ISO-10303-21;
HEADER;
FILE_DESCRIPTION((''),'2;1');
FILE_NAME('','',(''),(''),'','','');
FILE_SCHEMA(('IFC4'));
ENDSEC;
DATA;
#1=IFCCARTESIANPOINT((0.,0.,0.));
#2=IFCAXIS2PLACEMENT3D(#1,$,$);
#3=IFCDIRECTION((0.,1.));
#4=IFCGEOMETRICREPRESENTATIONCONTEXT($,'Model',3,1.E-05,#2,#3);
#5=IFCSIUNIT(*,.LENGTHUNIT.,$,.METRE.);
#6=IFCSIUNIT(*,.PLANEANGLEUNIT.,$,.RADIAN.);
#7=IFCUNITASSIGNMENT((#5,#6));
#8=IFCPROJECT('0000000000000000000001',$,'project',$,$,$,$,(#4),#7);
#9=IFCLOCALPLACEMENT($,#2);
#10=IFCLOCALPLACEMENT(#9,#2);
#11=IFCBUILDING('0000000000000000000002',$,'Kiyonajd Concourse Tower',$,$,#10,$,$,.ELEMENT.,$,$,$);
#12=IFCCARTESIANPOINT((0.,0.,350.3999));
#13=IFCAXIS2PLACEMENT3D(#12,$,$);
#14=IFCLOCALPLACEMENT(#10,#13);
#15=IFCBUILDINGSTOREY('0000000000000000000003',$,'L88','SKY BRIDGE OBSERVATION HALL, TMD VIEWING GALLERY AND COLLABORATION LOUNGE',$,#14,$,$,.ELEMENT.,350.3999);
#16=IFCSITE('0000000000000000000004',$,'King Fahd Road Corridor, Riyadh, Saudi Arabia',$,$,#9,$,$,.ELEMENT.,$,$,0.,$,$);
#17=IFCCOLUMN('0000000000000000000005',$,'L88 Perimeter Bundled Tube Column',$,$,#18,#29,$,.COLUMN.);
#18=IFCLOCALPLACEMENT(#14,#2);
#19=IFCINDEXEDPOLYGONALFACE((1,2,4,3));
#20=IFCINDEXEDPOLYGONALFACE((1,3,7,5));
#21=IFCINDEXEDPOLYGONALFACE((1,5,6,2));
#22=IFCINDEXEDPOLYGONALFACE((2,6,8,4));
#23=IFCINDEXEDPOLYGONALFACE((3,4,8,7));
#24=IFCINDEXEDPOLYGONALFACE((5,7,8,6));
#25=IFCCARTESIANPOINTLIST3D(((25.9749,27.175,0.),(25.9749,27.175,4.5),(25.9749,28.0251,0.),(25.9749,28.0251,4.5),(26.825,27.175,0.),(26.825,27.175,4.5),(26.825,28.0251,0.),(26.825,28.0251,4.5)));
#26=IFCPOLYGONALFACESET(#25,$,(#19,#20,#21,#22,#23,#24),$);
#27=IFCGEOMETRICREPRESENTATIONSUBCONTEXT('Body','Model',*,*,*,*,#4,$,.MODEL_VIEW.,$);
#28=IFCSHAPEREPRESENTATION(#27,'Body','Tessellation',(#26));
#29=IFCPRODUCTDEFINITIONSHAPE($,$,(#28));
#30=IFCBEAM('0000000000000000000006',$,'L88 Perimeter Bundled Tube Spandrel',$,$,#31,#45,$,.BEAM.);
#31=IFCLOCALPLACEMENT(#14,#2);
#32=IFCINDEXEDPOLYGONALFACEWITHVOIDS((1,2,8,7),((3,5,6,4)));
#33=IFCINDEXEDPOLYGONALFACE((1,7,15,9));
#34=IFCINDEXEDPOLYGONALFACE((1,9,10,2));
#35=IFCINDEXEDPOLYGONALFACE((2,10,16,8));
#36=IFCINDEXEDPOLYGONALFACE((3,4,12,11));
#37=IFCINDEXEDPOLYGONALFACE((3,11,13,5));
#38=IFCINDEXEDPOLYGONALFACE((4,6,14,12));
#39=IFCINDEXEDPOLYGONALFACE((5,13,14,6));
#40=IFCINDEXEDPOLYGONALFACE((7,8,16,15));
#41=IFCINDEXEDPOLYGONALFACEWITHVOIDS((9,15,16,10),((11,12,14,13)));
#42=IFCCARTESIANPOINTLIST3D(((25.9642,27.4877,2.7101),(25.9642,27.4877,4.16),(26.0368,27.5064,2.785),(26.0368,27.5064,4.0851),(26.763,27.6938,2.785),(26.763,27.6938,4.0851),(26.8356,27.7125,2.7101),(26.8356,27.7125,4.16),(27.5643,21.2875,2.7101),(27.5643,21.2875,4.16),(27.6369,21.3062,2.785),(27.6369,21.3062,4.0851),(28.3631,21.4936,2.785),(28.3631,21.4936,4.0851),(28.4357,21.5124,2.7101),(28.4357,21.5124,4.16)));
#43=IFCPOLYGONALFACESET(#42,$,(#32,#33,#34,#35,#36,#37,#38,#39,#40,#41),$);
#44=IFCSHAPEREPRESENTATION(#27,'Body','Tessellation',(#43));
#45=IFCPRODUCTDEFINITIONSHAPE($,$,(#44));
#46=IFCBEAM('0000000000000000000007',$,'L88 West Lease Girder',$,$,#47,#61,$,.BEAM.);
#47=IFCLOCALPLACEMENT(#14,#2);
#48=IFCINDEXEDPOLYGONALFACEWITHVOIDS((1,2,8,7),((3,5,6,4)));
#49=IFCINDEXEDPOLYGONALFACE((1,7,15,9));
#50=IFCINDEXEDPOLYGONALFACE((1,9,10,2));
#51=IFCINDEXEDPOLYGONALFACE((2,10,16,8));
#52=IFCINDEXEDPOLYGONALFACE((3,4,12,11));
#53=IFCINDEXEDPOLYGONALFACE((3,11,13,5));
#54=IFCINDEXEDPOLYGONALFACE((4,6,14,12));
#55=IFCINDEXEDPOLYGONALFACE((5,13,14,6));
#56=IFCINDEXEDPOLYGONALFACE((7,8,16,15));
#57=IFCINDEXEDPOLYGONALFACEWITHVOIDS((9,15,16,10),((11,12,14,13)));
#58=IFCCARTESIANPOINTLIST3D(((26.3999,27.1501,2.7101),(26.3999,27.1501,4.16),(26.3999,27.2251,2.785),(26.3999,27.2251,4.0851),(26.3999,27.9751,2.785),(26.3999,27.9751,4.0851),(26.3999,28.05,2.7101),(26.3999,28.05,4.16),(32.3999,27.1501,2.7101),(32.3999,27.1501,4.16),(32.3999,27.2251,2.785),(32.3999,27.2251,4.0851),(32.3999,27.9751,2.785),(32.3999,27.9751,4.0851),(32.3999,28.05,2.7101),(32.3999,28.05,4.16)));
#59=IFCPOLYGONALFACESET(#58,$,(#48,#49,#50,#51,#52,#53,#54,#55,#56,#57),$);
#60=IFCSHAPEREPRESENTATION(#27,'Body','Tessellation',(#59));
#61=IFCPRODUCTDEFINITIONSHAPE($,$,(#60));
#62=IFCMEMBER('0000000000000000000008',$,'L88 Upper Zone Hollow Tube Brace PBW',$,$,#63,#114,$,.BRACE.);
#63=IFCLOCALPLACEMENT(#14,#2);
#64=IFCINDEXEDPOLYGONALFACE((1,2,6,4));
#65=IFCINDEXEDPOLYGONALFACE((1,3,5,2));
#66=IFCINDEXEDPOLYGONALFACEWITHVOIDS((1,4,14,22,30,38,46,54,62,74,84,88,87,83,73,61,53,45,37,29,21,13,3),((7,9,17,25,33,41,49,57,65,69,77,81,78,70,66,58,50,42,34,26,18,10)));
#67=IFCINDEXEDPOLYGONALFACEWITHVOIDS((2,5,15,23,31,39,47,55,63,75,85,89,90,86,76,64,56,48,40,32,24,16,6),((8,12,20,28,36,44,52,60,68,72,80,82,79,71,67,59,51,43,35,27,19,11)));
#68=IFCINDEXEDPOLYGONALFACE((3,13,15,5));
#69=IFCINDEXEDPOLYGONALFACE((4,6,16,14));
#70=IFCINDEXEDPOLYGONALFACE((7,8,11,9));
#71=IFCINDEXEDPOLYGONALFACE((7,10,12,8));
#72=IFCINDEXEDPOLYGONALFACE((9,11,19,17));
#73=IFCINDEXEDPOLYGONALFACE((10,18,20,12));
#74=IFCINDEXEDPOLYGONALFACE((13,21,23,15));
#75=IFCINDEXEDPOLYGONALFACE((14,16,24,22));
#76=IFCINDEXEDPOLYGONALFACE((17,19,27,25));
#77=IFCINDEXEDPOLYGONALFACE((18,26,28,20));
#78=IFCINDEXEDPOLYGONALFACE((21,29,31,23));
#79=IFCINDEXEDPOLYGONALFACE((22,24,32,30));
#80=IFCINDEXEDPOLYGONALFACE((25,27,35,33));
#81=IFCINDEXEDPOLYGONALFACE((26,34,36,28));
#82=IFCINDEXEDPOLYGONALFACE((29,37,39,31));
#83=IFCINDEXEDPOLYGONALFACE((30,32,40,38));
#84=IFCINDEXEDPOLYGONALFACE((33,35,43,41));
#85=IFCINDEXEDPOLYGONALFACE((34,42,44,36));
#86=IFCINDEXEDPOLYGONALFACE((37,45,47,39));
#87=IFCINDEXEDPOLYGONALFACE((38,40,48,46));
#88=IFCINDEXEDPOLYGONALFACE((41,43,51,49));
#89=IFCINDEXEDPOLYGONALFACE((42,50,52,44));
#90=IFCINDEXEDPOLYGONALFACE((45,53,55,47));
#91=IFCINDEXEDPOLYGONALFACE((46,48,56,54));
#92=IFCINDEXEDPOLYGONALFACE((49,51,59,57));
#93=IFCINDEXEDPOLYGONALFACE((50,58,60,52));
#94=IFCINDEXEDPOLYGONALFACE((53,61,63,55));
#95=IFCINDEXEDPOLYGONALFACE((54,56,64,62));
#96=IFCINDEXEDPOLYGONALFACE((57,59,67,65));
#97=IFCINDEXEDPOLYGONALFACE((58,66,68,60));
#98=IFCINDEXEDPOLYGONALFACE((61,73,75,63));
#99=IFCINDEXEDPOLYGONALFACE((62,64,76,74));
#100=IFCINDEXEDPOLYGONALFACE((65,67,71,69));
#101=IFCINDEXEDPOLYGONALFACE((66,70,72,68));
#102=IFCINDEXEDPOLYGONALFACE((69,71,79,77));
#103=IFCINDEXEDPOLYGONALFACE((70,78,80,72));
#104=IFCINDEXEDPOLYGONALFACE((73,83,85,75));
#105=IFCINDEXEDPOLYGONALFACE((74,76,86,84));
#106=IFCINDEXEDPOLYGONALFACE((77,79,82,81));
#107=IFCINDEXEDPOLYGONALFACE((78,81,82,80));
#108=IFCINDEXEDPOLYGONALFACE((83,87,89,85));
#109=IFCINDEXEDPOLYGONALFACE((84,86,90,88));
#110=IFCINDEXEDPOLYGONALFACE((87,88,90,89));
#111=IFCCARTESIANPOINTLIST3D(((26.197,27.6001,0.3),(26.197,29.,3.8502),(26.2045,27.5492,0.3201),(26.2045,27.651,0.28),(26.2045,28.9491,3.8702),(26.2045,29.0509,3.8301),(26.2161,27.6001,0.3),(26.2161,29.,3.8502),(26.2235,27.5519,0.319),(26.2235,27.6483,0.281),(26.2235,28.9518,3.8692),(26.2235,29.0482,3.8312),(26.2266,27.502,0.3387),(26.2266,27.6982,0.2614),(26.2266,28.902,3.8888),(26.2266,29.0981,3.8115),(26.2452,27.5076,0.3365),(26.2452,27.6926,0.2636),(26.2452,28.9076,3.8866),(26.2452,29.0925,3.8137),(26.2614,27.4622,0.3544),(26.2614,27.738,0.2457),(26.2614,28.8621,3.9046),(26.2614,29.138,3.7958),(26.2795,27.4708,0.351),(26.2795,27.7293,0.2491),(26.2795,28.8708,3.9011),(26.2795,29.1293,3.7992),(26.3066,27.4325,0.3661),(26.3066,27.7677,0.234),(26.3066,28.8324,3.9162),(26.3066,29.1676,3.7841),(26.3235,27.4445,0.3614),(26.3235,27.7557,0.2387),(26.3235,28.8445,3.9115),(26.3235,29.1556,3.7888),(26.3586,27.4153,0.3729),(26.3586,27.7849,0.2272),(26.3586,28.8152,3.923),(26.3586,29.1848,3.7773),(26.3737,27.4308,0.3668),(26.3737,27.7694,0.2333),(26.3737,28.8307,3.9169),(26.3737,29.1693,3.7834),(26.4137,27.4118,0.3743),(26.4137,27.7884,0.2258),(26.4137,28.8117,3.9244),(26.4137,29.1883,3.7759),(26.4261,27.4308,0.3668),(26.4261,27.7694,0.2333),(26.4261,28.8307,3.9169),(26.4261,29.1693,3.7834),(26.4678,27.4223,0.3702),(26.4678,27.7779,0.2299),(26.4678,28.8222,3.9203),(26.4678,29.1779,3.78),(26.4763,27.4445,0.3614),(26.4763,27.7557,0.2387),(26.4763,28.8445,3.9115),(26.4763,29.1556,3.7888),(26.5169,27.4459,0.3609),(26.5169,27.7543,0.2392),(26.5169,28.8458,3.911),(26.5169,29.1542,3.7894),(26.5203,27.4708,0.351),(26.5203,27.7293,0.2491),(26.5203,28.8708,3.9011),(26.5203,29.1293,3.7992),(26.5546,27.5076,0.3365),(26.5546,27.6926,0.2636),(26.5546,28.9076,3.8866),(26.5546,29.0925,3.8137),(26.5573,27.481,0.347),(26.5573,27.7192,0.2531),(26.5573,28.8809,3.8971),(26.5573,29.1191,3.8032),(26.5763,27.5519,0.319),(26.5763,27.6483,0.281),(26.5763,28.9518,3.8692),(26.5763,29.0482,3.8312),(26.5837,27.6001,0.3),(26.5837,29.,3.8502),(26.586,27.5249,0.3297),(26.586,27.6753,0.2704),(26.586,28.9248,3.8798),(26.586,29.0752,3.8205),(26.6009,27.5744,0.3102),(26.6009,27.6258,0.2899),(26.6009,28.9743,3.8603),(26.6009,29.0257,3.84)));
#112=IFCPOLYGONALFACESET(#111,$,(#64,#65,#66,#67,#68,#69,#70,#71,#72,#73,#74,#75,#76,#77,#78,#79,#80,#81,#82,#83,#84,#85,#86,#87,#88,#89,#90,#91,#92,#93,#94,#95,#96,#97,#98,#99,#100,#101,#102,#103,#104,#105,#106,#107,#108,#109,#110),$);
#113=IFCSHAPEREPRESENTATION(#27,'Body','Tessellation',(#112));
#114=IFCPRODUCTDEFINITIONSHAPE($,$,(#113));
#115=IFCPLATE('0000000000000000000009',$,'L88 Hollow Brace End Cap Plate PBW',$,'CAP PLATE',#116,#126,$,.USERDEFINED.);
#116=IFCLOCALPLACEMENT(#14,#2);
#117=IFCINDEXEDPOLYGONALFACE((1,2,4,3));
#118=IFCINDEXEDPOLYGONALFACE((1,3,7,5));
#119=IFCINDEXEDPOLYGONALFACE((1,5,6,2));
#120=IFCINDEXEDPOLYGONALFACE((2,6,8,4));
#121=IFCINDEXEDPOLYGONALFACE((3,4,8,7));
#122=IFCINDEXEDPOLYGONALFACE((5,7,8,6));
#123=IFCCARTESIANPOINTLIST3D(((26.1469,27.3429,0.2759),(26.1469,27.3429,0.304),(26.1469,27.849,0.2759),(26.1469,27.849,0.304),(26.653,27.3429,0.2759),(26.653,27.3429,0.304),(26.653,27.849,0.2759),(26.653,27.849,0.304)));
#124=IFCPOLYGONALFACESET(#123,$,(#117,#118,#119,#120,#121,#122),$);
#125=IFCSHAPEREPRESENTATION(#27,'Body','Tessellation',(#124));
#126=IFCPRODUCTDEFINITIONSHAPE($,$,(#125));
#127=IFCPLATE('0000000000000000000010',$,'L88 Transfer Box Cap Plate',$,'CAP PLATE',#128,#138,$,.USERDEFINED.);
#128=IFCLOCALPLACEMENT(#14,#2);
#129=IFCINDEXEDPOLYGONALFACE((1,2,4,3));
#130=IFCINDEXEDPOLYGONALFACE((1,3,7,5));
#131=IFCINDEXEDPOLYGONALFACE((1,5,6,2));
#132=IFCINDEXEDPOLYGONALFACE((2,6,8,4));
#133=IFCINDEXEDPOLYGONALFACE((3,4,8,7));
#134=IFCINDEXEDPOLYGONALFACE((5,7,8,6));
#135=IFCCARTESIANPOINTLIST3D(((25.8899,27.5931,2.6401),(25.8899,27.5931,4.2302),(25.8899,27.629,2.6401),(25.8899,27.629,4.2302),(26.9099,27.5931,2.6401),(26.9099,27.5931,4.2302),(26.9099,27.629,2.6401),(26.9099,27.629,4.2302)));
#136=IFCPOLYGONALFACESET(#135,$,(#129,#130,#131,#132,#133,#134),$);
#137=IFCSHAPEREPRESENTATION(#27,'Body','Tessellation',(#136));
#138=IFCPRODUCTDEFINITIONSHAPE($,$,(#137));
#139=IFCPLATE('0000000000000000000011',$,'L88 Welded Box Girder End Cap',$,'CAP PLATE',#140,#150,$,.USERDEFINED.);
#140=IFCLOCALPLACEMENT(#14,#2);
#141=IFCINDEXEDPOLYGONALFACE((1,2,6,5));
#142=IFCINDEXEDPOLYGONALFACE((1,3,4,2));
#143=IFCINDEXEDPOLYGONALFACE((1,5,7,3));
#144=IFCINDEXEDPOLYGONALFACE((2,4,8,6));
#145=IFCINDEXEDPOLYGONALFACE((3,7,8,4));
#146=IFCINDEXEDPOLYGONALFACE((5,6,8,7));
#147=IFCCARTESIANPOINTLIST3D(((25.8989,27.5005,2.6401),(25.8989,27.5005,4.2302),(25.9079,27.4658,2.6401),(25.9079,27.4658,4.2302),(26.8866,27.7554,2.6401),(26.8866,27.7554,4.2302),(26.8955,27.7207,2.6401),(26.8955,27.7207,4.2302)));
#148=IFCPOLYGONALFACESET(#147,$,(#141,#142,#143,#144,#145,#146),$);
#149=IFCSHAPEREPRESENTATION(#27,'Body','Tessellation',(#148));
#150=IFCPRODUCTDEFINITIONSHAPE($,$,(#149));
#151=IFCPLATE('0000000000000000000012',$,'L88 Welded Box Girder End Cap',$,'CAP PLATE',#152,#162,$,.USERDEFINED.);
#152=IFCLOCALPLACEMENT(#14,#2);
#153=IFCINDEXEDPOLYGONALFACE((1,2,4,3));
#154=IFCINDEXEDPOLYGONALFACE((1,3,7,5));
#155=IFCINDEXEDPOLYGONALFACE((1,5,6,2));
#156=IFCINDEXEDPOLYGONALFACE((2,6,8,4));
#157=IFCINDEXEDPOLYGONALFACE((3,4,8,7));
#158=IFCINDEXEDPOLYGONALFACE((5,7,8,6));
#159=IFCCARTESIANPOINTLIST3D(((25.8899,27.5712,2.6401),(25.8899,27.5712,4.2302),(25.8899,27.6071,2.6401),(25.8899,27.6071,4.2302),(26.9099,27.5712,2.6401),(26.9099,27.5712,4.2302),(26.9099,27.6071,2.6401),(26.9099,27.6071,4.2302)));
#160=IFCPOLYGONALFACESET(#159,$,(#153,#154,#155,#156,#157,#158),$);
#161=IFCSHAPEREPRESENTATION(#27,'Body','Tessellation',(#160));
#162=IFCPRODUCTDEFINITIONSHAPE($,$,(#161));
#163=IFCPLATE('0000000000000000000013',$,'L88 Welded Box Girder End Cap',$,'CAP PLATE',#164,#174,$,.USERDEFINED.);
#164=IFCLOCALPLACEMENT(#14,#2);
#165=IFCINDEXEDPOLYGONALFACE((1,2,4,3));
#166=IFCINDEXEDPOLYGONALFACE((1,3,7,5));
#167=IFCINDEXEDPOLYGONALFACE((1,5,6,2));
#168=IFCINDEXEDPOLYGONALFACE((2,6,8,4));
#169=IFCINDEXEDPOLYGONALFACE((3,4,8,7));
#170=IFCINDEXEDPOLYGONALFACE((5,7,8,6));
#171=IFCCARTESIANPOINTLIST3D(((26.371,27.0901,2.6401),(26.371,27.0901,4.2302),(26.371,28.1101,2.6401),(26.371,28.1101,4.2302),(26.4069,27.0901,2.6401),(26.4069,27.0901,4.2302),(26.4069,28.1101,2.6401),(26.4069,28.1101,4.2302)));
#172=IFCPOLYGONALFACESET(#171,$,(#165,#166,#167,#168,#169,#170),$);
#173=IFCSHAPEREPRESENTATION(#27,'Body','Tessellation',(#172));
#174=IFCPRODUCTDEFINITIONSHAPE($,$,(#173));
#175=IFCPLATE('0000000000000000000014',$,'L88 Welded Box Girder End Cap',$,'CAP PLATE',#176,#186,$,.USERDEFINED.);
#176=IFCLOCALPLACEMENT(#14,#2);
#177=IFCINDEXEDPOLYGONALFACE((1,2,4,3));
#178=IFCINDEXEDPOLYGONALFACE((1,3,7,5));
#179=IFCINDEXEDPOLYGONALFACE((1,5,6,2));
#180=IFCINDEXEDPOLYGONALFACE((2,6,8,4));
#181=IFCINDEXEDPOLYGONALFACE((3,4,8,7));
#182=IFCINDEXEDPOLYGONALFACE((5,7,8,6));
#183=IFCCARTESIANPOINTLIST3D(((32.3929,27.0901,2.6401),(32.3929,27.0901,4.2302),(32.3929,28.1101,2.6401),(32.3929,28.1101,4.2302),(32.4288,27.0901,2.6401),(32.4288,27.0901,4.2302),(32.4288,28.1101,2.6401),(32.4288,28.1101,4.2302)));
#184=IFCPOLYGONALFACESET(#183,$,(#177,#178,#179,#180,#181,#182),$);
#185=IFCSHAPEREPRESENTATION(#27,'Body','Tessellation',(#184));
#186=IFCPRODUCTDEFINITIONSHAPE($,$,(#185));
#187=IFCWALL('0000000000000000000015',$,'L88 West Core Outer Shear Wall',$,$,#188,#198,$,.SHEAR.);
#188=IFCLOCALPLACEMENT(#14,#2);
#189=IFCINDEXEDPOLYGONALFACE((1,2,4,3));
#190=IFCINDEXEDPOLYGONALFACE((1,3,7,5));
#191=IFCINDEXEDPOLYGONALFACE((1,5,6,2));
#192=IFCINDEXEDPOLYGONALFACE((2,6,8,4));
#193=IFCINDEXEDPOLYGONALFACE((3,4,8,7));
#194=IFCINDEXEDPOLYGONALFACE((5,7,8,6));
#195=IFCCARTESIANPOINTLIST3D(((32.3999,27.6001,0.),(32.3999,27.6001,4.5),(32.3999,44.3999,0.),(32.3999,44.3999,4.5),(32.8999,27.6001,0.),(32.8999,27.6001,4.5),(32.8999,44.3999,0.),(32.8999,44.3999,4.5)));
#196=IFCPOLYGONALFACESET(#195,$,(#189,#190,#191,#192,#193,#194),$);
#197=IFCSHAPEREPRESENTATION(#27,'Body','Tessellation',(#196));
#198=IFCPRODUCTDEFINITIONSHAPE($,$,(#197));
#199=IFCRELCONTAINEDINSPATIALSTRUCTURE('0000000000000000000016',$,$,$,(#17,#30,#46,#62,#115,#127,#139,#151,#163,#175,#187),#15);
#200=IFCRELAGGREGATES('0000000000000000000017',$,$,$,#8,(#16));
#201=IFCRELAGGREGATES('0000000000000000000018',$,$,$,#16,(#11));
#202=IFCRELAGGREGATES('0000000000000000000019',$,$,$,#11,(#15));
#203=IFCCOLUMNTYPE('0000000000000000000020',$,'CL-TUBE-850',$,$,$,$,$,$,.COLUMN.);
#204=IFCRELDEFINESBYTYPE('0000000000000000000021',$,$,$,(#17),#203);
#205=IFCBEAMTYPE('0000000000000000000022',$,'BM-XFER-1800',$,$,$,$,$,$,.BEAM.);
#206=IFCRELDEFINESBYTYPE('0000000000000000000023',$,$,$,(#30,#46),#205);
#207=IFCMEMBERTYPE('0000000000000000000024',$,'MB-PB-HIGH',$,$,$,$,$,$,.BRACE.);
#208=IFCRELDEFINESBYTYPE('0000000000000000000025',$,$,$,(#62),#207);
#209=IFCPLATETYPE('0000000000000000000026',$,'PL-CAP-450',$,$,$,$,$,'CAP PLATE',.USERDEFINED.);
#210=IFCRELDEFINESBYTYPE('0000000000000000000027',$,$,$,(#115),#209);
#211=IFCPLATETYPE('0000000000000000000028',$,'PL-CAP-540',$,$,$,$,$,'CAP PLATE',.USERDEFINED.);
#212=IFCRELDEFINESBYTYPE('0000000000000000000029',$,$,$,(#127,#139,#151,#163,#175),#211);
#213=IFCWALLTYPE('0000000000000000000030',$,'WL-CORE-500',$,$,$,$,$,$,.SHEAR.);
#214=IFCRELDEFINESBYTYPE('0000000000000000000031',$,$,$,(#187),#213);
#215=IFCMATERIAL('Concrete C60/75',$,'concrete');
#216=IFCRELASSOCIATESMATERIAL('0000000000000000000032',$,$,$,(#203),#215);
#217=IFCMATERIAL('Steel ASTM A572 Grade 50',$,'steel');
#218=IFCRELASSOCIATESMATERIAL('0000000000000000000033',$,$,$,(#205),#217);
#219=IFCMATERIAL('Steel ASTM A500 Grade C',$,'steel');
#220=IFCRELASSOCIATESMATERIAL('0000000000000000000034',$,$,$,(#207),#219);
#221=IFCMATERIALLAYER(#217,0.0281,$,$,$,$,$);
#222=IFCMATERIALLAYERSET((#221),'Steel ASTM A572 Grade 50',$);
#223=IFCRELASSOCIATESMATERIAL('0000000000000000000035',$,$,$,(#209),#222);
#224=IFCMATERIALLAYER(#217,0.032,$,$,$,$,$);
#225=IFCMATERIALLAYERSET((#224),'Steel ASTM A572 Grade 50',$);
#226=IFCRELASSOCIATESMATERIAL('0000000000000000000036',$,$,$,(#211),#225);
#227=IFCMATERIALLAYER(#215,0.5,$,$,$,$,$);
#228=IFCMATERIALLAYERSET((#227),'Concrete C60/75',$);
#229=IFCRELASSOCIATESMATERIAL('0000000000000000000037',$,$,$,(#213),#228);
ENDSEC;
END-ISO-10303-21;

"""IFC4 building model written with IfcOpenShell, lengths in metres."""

from ifc_helpers import new_model, si_unit, direction, frame, frame_2d, origin, origin_2d, place, context, subcontext, project, spatial, rectangle, hollow_rectangle, hollow_circle, extrude, material, layer, layer_set, material_profile, profile_set, type_object, element, save


model = new_model("IFC4")

# Units and contexts
model_context = context("Model", 3, precision=1e-05, world=origin(), true_north=direction((0.0, 1.0)))
body_context = subcontext(model_context, "Body", "Model", "MODEL_VIEW")
ifc_project = project(units=[si_unit("LENGTHUNIT", "METRE"), si_unit("PLANEANGLEUNIT", "RADIAN")], contexts=[model_context])

# Site, building, storey
site_placement = place(None, origin())
site = spatial("IfcSite", under=ifc_project, at=site_placement, Name="King Fahd Road Corridor, Riyadh, Saudi Arabia", CompositionType="ELEMENT", RefElevation=0.0)
building_placement = place(site_placement, origin())
building = spatial("IfcBuilding", under=site, at=building_placement, Name="Kiyonajd Concourse Tower", CompositionType="ELEMENT")
storey_placement = place(building_placement, frame((0.0, 0.0, 350.3999)))
storey = spatial("IfcBuildingStorey", under=building, at=storey_placement, Name="L88", Description="SKY BRIDGE OBSERVATION HALL, TMD VIEWING GALLERY AND COLLABORATION LOUNGE", CompositionType="ELEMENT", Elevation=350.3999)

# Column
ifc_material_1 = material(Name="Concrete C60/75", Category="concrete")
ifc_material_profile_1 = material_profile(ifc_material_1, rectangle(XDim=0.8501, YDim=0.8501, at=origin_2d()), Name="RC-850x850")
ifc_profile_set_1 = profile_set([ifc_material_profile_1], Name="Concrete C60/75")
column_type = type_object("IfcColumnType", Name="CL-TUBE-850", PredefinedType="COLUMN", material=ifc_profile_set_1)
column_placement = place(storey_placement, frame((26.3999, 27.6001, 0.0), z_axis=(0.0, 0.0, 1.0), x_axis=(1.0, 0.0, 0.0)))
element("IfcColumn", 1, at=column_placement, inside=storey, type_object=column_type, Name="L88 Perimeter Bundled Tube Column", PredefinedType="COLUMN", context=body_context, shape_type="SweptSolid", body=[
    extrude(rectangle(XDim=0.8501, YDim=0.8501, at=origin_2d()), origin(), (0.0, 0.0, 1.0), 4.5),
])

# Beams
ifc_material_2 = material(Name="Steel ASTM A572 Grade 50", Category="steel")
ifc_material_profile_2 = material_profile(ifc_material_2, hollow_rectangle(XDim=0.8999, YDim=1.45, WallThickness=0.075, at=origin_2d()), Name="BOX-1450x900x75")
ifc_profile_set_2 = profile_set([ifc_material_profile_2], Name="Steel ASTM A572 Grade 50")
beam_type = type_object("IfcBeamType", Name="BM-XFER-1800", PredefinedType="BEAM", material=ifc_profile_set_2)
beam_1_placement = place(storey_placement, frame((26.3999, 27.6001, 3.4351), z_axis=(0.249885, -0.968276, 0.0), x_axis=(0.968276, 0.249885, 0.0)))
element("IfcBeam", 2, at=beam_1_placement, inside=storey, type_object=beam_type, Name="L88 Perimeter Bundled Tube Spandrel", PredefinedType="BEAM", context=body_context, shape_type="SweptSolid", body=[
    extrude(hollow_rectangle(XDim=0.8999, YDim=1.45, WallThickness=0.075, at=origin_2d()), origin(), (0.0, 0.0, 1.0), 6.4033),
])
beam_2_placement = place(storey_placement, frame((26.3999, 27.6001, 3.4351), z_axis=(1.0, 0.0, 0.0), x_axis=(0.0, 1.0, 0.0)))
element("IfcBeam", 3, at=beam_2_placement, inside=storey, type_object=beam_type, Name="L88 West Lease Girder", PredefinedType="BEAM", context=body_context, shape_type="SweptSolid", body=[
    extrude(hollow_rectangle(XDim=0.8999, YDim=1.45, WallThickness=0.075, at=origin_2d()), origin(), (0.0, 0.0, 1.0), 6.0),
])

# Member
ifc_material_3 = material(Name="Steel ASTM A500 Grade C", Category="steel")
ifc_material_profile_3 = material_profile(ifc_material_3, hollow_circle(Radius=0.2029, WallThickness=0.019, at=origin_2d()), Name="CHS-406x19")
ifc_profile_set_3 = profile_set([ifc_material_profile_3], Name="Steel ASTM A500 Grade C")
member_type = type_object("IfcMemberType", Name="MB-PB-HIGH", PredefinedType="BRACE", material=ifc_profile_set_3)
member_placement = place(storey_placement, frame((26.3999, 27.6001, 0.3), z_axis=(0.0, 0.366842, 0.930283), x_axis=(-1.0, 0.0, 0.0)))
element("IfcMember", 4, at=member_placement, inside=storey, type_object=member_type, Name="L88 Upper Zone Hollow Tube Brace PBW", PredefinedType="BRACE", context=body_context, shape_type="SweptSolid", body=[
    extrude(hollow_circle(Radius=0.2029, WallThickness=0.019, at=origin_2d()), origin(), (0.0, 0.0, 1.0), 3.8162),
])

# Plates
ifc_layer_1 = layer(ifc_material_2, 0.0281)
ifc_layer_set_1 = layer_set([ifc_layer_1], Name="Steel ASTM A572 Grade 50")
plate_type_1 = type_object("IfcPlateType", Name="PL-CAP-450", ElementType="CAP PLATE", PredefinedType="USERDEFINED", material=ifc_layer_set_1)
plate_placement = place(storey_placement, frame((26.3999, 27.5959, 0.2759), z_axis=(0.0, 0.0, 1.0), x_axis=(1.0, 0.0, 0.0)))
element("IfcPlate", 5, at=plate_placement, inside=storey, type_object=plate_type_1, Name="L88 Hollow Brace End Cap Plate PBW", ObjectType="CAP PLATE", PredefinedType="USERDEFINED", context=body_context, shape_type="SweptSolid", body=[
    extrude(rectangle(XDim=0.5061, YDim=0.5061, at=origin_2d()), origin(), (0.0, 0.0, 1.0), 0.0281),
])
ifc_layer_2 = layer(ifc_material_2, 0.032)
ifc_layer_set_2 = layer_set([ifc_layer_2], Name="Steel ASTM A572 Grade 50")
plate_type_2 = type_object("IfcPlateType", Name="PL-CAP-540", ElementType="CAP PLATE", PredefinedType="USERDEFINED", material=ifc_layer_set_2)
for number, where, z_axis, x_axis, name in (
    (6, (26.3999, 27.6111, 2.6401), (0.0, 0.0, 1.0), (0.0, 1.0, 0.0), "L88 Transfer Box Cap Plate"),
    (7, (26.3972, 27.6106, 2.6401), (0.0, 0.0, 1.0), (-0.249873, 0.968279, 0.0), "L88 Welded Box Girder End Cap"),
    (8, (26.3999, 27.5891, 2.6401), (0.0, 0.0, 1.0), (0.0, -1.0, 0.0), "L88 Welded Box Girder End Cap"),
    (9, (26.3889, 27.6001, 2.6401), (0.0, 0.0, 1.0), (-1.0, 0.0, 0.0), "L88 Welded Box Girder End Cap"),
    (10, (32.4109, 27.6001, 2.6401), (0.0, 0.0, 1.0), (1.0, 0.0, 0.0), "L88 Welded Box Girder End Cap"),
):
    element("IfcPlate", number, at=place(storey_placement, frame(where, z_axis=z_axis, x_axis=x_axis)), inside=storey, type_object=plate_type_2, Name=name, ObjectType="CAP PLATE", PredefinedType="USERDEFINED", context=body_context, shape_type="SweptSolid", body=[
        extrude(rectangle(XDim=0.0359, YDim=1.02, at=origin_2d()), origin(), (0.0, 0.0, 1.0), 1.5901),
    ])

# Wall
ifc_layer_3 = layer(ifc_material_1, 0.5)
ifc_layer_set_3 = layer_set([ifc_layer_3], Name="Concrete C60/75")
wall_type_1 = type_object("IfcWallType", Name="WL-CORE-500", PredefinedType="SHEAR", material=ifc_layer_set_3)
wall_1_placement = place(storey_placement, frame((32.6499, 27.6001, 0.0), z_axis=(0.0, 0.0, 1.0), x_axis=(0.0, 1.0, 0.0)))
element("IfcWall", 11, at=wall_1_placement, inside=storey, type_object=wall_type_1, Name="L88 West Core Outer Shear Wall", PredefinedType="SHEAR", context=body_context, shape_type="SweptSolid", body=[
    extrude(rectangle(XDim=16.7998, YDim=0.5, at=frame_2d((8.3999, 0.0))), origin(), (0.0, 0.0, 1.0), 4.5),
])

save(model, "model.ifc")
